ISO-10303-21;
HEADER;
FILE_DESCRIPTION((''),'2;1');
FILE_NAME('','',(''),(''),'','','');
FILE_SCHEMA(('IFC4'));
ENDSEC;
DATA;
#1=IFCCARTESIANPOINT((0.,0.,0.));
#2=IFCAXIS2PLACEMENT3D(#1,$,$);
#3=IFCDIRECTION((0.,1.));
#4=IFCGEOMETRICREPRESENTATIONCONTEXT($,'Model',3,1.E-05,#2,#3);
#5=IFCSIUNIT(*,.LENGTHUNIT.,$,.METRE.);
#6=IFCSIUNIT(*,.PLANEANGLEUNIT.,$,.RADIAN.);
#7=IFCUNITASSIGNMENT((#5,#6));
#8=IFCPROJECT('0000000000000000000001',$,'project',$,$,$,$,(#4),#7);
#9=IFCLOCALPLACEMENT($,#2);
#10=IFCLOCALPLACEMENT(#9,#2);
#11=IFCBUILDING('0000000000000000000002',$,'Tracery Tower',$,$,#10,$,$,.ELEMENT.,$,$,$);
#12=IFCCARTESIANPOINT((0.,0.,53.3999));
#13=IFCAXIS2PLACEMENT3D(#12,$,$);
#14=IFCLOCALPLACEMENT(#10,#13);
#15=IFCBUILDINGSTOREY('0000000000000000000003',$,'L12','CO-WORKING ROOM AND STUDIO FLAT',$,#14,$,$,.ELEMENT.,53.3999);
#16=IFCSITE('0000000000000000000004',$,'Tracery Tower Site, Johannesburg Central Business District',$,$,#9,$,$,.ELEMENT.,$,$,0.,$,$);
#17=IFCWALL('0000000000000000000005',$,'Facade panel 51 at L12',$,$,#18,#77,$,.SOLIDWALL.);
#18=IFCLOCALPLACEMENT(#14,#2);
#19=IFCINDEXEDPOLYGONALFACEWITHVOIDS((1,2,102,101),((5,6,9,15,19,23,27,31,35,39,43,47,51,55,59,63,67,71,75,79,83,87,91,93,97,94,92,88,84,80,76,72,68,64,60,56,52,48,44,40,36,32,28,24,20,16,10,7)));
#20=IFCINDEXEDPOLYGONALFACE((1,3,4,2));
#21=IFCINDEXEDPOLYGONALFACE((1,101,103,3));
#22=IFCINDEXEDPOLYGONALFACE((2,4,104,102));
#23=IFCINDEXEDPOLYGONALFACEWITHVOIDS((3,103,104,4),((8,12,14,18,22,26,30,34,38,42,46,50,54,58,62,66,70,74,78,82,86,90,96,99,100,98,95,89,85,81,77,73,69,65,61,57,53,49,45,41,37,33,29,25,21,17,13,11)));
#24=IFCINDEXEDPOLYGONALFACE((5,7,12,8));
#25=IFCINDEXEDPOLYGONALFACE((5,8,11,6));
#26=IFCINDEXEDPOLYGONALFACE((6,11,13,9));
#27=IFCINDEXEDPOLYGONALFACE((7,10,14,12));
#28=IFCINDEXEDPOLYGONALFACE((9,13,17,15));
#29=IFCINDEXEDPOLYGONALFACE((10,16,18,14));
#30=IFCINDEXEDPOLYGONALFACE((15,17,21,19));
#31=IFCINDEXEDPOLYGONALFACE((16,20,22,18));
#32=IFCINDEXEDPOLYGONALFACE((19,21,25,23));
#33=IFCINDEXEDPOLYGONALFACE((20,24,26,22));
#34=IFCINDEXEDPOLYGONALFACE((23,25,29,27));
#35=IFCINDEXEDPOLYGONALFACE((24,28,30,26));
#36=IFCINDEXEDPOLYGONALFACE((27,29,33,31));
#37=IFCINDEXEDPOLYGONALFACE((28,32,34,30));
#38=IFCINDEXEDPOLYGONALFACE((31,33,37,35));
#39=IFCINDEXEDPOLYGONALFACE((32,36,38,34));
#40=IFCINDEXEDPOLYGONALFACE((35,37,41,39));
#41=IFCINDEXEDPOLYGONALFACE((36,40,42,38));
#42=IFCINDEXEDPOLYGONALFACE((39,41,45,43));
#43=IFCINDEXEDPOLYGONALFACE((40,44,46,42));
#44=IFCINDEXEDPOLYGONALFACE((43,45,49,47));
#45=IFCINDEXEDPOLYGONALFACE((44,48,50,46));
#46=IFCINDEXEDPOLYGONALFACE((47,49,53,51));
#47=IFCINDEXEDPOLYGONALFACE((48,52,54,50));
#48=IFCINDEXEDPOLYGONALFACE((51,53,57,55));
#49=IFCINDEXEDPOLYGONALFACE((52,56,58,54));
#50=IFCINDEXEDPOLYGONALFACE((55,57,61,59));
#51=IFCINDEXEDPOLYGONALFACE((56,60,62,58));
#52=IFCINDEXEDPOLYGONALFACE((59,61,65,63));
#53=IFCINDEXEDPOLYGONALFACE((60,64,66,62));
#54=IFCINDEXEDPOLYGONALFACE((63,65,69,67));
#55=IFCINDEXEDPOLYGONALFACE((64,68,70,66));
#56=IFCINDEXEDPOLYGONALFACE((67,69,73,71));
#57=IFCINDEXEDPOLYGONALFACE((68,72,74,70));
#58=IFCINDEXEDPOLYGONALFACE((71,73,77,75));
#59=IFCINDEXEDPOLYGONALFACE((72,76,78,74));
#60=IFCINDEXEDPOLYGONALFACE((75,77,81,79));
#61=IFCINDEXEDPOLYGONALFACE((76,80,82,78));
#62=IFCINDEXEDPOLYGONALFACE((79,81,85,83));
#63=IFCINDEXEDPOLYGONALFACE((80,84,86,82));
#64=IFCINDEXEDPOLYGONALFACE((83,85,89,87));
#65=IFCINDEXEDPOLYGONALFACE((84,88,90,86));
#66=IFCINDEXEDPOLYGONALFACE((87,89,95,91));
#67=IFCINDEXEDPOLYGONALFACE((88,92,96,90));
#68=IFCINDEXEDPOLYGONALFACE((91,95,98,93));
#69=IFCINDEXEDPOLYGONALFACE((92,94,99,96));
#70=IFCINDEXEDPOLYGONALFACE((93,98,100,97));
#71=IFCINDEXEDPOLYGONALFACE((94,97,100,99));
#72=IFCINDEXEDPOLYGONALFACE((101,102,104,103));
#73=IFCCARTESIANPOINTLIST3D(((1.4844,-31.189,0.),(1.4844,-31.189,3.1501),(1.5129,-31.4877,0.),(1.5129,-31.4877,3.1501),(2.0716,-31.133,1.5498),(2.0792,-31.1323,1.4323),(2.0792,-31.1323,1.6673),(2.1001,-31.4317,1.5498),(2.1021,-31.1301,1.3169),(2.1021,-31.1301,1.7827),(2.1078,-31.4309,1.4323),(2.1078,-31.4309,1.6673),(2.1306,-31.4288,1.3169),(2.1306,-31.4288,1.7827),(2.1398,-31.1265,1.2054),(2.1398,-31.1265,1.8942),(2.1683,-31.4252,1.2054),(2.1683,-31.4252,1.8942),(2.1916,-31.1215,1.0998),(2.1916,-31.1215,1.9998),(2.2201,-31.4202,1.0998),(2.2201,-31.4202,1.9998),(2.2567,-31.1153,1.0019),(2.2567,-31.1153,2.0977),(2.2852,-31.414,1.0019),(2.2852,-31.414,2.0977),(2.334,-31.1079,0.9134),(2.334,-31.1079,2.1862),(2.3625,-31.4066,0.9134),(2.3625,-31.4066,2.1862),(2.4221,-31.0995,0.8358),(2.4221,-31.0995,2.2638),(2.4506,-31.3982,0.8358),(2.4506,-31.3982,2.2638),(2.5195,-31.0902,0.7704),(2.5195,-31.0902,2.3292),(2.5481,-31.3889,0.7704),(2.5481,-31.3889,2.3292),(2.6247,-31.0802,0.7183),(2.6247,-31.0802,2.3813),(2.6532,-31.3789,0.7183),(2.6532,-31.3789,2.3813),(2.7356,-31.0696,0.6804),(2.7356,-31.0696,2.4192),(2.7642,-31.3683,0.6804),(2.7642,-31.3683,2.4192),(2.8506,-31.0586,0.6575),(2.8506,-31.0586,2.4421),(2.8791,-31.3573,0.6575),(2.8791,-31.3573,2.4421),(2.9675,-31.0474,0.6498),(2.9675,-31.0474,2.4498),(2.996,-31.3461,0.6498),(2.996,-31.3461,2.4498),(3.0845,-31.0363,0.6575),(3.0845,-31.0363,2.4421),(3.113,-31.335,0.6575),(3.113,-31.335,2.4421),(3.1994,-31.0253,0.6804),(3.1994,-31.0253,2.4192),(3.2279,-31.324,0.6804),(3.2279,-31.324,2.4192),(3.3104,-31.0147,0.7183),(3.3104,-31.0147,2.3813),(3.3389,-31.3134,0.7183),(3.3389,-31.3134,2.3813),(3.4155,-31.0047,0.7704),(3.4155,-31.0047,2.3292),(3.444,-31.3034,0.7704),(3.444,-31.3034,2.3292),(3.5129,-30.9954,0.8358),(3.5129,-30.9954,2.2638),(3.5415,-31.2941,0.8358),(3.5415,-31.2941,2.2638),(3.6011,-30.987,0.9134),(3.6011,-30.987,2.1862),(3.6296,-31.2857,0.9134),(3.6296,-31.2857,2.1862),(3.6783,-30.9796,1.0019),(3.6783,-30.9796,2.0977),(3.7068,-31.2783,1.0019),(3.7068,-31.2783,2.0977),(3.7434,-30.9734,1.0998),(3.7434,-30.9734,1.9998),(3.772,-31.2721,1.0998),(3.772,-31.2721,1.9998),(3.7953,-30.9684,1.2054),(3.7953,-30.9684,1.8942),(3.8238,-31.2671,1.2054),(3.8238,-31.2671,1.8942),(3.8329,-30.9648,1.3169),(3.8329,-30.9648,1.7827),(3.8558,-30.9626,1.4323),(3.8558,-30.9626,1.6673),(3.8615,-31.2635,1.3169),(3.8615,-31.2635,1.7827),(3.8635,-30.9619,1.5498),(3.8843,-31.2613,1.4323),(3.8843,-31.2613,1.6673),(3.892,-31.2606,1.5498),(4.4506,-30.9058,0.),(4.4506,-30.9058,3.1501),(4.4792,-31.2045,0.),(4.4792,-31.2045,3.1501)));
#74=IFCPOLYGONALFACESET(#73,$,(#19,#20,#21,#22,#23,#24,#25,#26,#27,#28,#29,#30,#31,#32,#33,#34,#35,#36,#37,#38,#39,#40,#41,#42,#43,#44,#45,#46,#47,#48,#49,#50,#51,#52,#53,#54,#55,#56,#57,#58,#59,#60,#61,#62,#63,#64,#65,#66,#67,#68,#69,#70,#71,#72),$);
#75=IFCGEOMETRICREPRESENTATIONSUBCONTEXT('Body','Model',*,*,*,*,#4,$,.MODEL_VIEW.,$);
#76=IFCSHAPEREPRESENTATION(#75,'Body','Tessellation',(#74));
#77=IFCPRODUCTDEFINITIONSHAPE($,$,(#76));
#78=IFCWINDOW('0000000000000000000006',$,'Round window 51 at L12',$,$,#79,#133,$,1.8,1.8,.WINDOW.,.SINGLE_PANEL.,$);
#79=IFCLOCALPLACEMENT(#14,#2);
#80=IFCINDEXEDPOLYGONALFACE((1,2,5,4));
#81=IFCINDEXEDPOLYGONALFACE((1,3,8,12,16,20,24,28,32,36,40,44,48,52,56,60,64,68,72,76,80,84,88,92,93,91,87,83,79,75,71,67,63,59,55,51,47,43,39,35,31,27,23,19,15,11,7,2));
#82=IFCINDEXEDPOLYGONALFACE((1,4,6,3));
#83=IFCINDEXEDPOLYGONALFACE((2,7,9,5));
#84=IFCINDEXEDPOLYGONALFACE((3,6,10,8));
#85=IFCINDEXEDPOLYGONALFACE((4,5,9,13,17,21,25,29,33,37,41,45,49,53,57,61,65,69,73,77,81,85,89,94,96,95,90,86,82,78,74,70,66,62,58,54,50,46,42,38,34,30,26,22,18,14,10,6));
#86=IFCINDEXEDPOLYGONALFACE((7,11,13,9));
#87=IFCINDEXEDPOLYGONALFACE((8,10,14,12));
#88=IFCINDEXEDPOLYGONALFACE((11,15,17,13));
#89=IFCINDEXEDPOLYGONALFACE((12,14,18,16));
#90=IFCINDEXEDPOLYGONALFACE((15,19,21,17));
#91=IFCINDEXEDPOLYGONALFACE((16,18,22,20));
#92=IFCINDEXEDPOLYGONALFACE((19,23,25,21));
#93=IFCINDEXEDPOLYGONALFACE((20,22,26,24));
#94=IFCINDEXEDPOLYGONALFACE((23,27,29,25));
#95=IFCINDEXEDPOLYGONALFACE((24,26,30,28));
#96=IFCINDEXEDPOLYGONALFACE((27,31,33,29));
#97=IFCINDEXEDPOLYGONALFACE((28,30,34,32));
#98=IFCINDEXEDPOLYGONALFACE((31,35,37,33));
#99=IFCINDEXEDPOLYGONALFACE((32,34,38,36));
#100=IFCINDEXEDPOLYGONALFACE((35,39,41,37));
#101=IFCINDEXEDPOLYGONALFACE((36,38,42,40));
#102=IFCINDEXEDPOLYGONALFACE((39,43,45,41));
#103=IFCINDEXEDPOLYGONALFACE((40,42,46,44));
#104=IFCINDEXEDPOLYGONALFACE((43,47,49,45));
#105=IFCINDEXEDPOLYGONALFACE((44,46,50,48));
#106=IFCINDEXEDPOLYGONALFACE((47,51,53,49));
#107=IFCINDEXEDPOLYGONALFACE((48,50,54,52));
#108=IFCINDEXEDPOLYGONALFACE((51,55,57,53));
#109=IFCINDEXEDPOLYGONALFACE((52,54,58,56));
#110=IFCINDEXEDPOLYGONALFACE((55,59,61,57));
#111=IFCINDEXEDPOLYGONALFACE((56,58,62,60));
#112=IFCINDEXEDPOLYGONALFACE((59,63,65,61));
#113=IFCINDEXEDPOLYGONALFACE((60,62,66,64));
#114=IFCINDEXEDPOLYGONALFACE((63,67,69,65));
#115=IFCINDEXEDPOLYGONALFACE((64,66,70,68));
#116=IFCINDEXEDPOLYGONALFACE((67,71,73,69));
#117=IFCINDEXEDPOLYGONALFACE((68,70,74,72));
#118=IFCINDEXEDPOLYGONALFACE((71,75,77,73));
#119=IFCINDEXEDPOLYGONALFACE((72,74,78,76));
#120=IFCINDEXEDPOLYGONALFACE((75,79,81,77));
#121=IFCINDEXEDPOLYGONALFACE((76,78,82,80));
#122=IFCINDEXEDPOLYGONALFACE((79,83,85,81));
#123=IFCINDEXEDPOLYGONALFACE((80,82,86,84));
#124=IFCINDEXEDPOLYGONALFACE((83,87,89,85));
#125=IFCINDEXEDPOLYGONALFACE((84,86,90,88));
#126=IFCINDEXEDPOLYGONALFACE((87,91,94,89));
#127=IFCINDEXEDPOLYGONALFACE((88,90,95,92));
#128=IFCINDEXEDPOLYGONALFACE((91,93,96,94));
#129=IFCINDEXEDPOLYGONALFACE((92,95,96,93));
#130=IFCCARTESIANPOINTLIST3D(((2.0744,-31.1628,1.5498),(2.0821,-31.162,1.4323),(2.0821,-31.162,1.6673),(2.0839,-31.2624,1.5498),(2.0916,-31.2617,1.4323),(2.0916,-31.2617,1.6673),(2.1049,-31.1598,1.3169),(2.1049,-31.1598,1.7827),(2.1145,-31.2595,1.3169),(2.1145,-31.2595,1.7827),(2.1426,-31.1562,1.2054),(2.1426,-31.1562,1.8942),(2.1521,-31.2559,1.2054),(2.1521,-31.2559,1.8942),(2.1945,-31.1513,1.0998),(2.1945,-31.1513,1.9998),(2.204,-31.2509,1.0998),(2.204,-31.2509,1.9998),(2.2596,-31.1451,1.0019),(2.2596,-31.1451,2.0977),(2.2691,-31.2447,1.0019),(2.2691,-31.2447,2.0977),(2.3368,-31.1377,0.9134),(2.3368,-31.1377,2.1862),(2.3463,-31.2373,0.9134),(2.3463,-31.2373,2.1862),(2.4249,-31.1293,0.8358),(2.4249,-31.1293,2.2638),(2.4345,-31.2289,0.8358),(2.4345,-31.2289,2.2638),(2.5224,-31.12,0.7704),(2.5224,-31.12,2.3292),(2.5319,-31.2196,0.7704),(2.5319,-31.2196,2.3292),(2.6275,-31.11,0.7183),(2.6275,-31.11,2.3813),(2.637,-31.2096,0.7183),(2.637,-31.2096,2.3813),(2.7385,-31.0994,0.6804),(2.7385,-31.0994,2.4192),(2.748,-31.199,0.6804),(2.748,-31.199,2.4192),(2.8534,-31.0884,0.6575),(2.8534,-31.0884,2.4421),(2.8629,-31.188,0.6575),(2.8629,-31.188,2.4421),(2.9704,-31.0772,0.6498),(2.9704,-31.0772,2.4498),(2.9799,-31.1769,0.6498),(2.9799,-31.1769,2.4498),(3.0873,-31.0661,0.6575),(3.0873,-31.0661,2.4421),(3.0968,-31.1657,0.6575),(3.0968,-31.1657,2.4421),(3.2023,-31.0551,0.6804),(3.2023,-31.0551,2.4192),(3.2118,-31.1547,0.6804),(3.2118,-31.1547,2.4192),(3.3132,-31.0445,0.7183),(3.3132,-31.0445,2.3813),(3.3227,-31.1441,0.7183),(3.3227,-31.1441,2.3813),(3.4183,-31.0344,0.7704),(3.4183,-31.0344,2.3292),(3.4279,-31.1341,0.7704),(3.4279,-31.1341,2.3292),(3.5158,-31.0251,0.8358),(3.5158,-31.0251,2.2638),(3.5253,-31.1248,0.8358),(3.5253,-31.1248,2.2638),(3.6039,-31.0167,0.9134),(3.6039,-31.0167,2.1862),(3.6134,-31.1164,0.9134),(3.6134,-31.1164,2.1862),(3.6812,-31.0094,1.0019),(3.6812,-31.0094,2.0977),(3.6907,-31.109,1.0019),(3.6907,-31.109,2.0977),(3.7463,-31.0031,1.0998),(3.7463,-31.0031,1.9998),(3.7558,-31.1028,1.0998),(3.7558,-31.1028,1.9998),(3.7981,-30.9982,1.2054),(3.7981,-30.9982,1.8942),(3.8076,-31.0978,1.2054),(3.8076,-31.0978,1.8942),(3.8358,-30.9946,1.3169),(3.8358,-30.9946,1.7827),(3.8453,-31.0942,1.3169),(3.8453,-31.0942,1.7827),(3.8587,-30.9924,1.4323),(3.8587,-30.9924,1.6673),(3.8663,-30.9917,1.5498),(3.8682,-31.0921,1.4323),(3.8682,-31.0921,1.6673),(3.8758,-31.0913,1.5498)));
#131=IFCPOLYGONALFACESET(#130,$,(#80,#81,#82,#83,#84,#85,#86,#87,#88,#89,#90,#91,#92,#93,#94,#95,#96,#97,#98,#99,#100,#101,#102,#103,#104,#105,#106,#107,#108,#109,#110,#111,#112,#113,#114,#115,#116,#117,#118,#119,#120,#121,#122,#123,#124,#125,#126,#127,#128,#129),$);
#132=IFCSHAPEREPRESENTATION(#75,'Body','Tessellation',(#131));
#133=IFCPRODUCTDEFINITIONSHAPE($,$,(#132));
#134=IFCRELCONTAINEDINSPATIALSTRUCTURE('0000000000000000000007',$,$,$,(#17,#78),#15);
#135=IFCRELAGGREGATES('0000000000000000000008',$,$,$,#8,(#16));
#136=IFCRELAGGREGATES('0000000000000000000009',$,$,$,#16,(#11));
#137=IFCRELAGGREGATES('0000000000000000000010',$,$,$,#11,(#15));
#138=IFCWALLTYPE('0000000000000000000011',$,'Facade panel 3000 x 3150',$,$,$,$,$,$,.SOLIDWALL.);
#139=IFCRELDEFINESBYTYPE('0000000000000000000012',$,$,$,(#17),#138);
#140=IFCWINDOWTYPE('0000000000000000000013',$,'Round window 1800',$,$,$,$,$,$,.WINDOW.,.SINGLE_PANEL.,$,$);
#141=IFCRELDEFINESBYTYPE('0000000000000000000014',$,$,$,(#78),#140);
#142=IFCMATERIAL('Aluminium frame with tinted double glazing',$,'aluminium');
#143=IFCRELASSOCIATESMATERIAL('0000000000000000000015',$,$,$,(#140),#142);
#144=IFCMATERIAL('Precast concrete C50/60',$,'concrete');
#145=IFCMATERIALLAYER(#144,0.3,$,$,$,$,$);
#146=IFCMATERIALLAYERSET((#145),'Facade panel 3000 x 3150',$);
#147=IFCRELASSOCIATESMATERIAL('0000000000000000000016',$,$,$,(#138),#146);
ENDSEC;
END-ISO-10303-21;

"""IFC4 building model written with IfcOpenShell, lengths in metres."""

from ifc_helpers import new_model, si_unit, direction, frame, frame_2d, origin, origin_2d, place, context, subcontext, project, spatial, rectangle, circle, extrude, material, layer, layer_set, type_object, element, fill, save


model = new_model("IFC4")

# Units and contexts
model_context = context("Model", 3, precision=1e-05, world=origin(), true_north=direction((0.0, 1.0)))
body_context = subcontext(model_context, "Body", "Model", "MODEL_VIEW")
ifc_project = project(units=[si_unit("LENGTHUNIT", "METRE"), si_unit("PLANEANGLEUNIT", "RADIAN")], contexts=[model_context])

# Site, building, storey
site_placement = place(None, origin())
site = spatial("IfcSite", under=ifc_project, at=site_placement, Name="Tracery Tower Site, Johannesburg Central Business District", CompositionType="ELEMENT", RefElevation=0.0)
building_placement = place(site_placement, origin())
building = spatial("IfcBuilding", under=site, at=building_placement, Name="Tracery Tower", CompositionType="ELEMENT")
storey_placement = place(building_placement, frame((0.0, 0.0, 53.3999)))
storey = spatial("IfcBuildingStorey", under=building, at=storey_placement, Name="L12", Description="CO-WORKING ROOM AND STUDIO FLAT", CompositionType="ELEMENT", Elevation=53.3999)

# Wall, opening, window
ifc_material_1 = material(Name="Aluminium frame with tinted double glazing", Category="aluminium")
window_type = type_object("IfcWindowType", Name="Round window 1800", PartitioningType="SINGLE_PANEL", PredefinedType="WINDOW", material=ifc_material_1)
ifc_material_2 = material(Name="Precast concrete C50/60", Category="concrete")
ifc_layer_1 = layer(ifc_material_2, 0.3)
ifc_layer_set_1 = layer_set([ifc_layer_1], Name="Facade panel 3000 x 3150")
wall_type_1 = type_object("IfcWallType", Name="Facade panel 3000 x 3150", PredefinedType="SOLIDWALL", material=ifc_layer_set_1)
wall_1_placement = place(storey_placement, frame((1.4988, -31.3384, 0.0), z_axis=(0.0, 0.0, 1.0), x_axis=(0.995473, 0.095041, 0.0)))
wall_1 = element("IfcWall", 1, at=wall_1_placement, inside=storey, type_object=wall_type_1, Name="Facade panel 51 at L12", PredefinedType="SOLIDWALL", context=body_context, shape_type="SweptSolid", body=[
    extrude(rectangle(XDim=2.9797, YDim=0.3, at=frame_2d((1.4897, 0.0))), origin(), (0.0, 0.0, 1.0), 3.1501),
])
opening_1_placement = place(wall_1_placement, frame((1.4897, 0.0, 1.5498)))
opening_1 = element("IfcOpeningElement", 2, at=opening_1_placement, cuts=wall_1, PredefinedType="OPENING", context=body_context, shape_type="SweptSolid", body=[
    extrude(circle(Radius=0.9, at=origin_2d()), frame((0.0, 0.1599, 0.0), z_axis=(0.0, -1.0, 0.0), x_axis=(1.0, 0.0, 0.0)), (0.0, 0.0, 1.0), 0.3201),
])
window_1_placement = place(opening_1_placement, origin())
window_1 = element("IfcWindow", 3, at=window_1_placement, inside=storey, type_object=window_type, Name="Round window 51 at L12", OverallHeight=1.8, OverallWidth=1.8, PartitioningType="SINGLE_PANEL", PredefinedType="WINDOW", context=body_context, shape_type="SweptSolid", body=[
    extrude(circle(Radius=0.9, at=origin_2d()), frame((0.0, 0.1201, 0.0), z_axis=(0.0, -1.0, 0.0), x_axis=(1.0, 0.0, 0.0)), (0.0, 0.0, 1.0), 0.1001),
])
fill(opening_1, window_1)

save(model, "model.ifc")
